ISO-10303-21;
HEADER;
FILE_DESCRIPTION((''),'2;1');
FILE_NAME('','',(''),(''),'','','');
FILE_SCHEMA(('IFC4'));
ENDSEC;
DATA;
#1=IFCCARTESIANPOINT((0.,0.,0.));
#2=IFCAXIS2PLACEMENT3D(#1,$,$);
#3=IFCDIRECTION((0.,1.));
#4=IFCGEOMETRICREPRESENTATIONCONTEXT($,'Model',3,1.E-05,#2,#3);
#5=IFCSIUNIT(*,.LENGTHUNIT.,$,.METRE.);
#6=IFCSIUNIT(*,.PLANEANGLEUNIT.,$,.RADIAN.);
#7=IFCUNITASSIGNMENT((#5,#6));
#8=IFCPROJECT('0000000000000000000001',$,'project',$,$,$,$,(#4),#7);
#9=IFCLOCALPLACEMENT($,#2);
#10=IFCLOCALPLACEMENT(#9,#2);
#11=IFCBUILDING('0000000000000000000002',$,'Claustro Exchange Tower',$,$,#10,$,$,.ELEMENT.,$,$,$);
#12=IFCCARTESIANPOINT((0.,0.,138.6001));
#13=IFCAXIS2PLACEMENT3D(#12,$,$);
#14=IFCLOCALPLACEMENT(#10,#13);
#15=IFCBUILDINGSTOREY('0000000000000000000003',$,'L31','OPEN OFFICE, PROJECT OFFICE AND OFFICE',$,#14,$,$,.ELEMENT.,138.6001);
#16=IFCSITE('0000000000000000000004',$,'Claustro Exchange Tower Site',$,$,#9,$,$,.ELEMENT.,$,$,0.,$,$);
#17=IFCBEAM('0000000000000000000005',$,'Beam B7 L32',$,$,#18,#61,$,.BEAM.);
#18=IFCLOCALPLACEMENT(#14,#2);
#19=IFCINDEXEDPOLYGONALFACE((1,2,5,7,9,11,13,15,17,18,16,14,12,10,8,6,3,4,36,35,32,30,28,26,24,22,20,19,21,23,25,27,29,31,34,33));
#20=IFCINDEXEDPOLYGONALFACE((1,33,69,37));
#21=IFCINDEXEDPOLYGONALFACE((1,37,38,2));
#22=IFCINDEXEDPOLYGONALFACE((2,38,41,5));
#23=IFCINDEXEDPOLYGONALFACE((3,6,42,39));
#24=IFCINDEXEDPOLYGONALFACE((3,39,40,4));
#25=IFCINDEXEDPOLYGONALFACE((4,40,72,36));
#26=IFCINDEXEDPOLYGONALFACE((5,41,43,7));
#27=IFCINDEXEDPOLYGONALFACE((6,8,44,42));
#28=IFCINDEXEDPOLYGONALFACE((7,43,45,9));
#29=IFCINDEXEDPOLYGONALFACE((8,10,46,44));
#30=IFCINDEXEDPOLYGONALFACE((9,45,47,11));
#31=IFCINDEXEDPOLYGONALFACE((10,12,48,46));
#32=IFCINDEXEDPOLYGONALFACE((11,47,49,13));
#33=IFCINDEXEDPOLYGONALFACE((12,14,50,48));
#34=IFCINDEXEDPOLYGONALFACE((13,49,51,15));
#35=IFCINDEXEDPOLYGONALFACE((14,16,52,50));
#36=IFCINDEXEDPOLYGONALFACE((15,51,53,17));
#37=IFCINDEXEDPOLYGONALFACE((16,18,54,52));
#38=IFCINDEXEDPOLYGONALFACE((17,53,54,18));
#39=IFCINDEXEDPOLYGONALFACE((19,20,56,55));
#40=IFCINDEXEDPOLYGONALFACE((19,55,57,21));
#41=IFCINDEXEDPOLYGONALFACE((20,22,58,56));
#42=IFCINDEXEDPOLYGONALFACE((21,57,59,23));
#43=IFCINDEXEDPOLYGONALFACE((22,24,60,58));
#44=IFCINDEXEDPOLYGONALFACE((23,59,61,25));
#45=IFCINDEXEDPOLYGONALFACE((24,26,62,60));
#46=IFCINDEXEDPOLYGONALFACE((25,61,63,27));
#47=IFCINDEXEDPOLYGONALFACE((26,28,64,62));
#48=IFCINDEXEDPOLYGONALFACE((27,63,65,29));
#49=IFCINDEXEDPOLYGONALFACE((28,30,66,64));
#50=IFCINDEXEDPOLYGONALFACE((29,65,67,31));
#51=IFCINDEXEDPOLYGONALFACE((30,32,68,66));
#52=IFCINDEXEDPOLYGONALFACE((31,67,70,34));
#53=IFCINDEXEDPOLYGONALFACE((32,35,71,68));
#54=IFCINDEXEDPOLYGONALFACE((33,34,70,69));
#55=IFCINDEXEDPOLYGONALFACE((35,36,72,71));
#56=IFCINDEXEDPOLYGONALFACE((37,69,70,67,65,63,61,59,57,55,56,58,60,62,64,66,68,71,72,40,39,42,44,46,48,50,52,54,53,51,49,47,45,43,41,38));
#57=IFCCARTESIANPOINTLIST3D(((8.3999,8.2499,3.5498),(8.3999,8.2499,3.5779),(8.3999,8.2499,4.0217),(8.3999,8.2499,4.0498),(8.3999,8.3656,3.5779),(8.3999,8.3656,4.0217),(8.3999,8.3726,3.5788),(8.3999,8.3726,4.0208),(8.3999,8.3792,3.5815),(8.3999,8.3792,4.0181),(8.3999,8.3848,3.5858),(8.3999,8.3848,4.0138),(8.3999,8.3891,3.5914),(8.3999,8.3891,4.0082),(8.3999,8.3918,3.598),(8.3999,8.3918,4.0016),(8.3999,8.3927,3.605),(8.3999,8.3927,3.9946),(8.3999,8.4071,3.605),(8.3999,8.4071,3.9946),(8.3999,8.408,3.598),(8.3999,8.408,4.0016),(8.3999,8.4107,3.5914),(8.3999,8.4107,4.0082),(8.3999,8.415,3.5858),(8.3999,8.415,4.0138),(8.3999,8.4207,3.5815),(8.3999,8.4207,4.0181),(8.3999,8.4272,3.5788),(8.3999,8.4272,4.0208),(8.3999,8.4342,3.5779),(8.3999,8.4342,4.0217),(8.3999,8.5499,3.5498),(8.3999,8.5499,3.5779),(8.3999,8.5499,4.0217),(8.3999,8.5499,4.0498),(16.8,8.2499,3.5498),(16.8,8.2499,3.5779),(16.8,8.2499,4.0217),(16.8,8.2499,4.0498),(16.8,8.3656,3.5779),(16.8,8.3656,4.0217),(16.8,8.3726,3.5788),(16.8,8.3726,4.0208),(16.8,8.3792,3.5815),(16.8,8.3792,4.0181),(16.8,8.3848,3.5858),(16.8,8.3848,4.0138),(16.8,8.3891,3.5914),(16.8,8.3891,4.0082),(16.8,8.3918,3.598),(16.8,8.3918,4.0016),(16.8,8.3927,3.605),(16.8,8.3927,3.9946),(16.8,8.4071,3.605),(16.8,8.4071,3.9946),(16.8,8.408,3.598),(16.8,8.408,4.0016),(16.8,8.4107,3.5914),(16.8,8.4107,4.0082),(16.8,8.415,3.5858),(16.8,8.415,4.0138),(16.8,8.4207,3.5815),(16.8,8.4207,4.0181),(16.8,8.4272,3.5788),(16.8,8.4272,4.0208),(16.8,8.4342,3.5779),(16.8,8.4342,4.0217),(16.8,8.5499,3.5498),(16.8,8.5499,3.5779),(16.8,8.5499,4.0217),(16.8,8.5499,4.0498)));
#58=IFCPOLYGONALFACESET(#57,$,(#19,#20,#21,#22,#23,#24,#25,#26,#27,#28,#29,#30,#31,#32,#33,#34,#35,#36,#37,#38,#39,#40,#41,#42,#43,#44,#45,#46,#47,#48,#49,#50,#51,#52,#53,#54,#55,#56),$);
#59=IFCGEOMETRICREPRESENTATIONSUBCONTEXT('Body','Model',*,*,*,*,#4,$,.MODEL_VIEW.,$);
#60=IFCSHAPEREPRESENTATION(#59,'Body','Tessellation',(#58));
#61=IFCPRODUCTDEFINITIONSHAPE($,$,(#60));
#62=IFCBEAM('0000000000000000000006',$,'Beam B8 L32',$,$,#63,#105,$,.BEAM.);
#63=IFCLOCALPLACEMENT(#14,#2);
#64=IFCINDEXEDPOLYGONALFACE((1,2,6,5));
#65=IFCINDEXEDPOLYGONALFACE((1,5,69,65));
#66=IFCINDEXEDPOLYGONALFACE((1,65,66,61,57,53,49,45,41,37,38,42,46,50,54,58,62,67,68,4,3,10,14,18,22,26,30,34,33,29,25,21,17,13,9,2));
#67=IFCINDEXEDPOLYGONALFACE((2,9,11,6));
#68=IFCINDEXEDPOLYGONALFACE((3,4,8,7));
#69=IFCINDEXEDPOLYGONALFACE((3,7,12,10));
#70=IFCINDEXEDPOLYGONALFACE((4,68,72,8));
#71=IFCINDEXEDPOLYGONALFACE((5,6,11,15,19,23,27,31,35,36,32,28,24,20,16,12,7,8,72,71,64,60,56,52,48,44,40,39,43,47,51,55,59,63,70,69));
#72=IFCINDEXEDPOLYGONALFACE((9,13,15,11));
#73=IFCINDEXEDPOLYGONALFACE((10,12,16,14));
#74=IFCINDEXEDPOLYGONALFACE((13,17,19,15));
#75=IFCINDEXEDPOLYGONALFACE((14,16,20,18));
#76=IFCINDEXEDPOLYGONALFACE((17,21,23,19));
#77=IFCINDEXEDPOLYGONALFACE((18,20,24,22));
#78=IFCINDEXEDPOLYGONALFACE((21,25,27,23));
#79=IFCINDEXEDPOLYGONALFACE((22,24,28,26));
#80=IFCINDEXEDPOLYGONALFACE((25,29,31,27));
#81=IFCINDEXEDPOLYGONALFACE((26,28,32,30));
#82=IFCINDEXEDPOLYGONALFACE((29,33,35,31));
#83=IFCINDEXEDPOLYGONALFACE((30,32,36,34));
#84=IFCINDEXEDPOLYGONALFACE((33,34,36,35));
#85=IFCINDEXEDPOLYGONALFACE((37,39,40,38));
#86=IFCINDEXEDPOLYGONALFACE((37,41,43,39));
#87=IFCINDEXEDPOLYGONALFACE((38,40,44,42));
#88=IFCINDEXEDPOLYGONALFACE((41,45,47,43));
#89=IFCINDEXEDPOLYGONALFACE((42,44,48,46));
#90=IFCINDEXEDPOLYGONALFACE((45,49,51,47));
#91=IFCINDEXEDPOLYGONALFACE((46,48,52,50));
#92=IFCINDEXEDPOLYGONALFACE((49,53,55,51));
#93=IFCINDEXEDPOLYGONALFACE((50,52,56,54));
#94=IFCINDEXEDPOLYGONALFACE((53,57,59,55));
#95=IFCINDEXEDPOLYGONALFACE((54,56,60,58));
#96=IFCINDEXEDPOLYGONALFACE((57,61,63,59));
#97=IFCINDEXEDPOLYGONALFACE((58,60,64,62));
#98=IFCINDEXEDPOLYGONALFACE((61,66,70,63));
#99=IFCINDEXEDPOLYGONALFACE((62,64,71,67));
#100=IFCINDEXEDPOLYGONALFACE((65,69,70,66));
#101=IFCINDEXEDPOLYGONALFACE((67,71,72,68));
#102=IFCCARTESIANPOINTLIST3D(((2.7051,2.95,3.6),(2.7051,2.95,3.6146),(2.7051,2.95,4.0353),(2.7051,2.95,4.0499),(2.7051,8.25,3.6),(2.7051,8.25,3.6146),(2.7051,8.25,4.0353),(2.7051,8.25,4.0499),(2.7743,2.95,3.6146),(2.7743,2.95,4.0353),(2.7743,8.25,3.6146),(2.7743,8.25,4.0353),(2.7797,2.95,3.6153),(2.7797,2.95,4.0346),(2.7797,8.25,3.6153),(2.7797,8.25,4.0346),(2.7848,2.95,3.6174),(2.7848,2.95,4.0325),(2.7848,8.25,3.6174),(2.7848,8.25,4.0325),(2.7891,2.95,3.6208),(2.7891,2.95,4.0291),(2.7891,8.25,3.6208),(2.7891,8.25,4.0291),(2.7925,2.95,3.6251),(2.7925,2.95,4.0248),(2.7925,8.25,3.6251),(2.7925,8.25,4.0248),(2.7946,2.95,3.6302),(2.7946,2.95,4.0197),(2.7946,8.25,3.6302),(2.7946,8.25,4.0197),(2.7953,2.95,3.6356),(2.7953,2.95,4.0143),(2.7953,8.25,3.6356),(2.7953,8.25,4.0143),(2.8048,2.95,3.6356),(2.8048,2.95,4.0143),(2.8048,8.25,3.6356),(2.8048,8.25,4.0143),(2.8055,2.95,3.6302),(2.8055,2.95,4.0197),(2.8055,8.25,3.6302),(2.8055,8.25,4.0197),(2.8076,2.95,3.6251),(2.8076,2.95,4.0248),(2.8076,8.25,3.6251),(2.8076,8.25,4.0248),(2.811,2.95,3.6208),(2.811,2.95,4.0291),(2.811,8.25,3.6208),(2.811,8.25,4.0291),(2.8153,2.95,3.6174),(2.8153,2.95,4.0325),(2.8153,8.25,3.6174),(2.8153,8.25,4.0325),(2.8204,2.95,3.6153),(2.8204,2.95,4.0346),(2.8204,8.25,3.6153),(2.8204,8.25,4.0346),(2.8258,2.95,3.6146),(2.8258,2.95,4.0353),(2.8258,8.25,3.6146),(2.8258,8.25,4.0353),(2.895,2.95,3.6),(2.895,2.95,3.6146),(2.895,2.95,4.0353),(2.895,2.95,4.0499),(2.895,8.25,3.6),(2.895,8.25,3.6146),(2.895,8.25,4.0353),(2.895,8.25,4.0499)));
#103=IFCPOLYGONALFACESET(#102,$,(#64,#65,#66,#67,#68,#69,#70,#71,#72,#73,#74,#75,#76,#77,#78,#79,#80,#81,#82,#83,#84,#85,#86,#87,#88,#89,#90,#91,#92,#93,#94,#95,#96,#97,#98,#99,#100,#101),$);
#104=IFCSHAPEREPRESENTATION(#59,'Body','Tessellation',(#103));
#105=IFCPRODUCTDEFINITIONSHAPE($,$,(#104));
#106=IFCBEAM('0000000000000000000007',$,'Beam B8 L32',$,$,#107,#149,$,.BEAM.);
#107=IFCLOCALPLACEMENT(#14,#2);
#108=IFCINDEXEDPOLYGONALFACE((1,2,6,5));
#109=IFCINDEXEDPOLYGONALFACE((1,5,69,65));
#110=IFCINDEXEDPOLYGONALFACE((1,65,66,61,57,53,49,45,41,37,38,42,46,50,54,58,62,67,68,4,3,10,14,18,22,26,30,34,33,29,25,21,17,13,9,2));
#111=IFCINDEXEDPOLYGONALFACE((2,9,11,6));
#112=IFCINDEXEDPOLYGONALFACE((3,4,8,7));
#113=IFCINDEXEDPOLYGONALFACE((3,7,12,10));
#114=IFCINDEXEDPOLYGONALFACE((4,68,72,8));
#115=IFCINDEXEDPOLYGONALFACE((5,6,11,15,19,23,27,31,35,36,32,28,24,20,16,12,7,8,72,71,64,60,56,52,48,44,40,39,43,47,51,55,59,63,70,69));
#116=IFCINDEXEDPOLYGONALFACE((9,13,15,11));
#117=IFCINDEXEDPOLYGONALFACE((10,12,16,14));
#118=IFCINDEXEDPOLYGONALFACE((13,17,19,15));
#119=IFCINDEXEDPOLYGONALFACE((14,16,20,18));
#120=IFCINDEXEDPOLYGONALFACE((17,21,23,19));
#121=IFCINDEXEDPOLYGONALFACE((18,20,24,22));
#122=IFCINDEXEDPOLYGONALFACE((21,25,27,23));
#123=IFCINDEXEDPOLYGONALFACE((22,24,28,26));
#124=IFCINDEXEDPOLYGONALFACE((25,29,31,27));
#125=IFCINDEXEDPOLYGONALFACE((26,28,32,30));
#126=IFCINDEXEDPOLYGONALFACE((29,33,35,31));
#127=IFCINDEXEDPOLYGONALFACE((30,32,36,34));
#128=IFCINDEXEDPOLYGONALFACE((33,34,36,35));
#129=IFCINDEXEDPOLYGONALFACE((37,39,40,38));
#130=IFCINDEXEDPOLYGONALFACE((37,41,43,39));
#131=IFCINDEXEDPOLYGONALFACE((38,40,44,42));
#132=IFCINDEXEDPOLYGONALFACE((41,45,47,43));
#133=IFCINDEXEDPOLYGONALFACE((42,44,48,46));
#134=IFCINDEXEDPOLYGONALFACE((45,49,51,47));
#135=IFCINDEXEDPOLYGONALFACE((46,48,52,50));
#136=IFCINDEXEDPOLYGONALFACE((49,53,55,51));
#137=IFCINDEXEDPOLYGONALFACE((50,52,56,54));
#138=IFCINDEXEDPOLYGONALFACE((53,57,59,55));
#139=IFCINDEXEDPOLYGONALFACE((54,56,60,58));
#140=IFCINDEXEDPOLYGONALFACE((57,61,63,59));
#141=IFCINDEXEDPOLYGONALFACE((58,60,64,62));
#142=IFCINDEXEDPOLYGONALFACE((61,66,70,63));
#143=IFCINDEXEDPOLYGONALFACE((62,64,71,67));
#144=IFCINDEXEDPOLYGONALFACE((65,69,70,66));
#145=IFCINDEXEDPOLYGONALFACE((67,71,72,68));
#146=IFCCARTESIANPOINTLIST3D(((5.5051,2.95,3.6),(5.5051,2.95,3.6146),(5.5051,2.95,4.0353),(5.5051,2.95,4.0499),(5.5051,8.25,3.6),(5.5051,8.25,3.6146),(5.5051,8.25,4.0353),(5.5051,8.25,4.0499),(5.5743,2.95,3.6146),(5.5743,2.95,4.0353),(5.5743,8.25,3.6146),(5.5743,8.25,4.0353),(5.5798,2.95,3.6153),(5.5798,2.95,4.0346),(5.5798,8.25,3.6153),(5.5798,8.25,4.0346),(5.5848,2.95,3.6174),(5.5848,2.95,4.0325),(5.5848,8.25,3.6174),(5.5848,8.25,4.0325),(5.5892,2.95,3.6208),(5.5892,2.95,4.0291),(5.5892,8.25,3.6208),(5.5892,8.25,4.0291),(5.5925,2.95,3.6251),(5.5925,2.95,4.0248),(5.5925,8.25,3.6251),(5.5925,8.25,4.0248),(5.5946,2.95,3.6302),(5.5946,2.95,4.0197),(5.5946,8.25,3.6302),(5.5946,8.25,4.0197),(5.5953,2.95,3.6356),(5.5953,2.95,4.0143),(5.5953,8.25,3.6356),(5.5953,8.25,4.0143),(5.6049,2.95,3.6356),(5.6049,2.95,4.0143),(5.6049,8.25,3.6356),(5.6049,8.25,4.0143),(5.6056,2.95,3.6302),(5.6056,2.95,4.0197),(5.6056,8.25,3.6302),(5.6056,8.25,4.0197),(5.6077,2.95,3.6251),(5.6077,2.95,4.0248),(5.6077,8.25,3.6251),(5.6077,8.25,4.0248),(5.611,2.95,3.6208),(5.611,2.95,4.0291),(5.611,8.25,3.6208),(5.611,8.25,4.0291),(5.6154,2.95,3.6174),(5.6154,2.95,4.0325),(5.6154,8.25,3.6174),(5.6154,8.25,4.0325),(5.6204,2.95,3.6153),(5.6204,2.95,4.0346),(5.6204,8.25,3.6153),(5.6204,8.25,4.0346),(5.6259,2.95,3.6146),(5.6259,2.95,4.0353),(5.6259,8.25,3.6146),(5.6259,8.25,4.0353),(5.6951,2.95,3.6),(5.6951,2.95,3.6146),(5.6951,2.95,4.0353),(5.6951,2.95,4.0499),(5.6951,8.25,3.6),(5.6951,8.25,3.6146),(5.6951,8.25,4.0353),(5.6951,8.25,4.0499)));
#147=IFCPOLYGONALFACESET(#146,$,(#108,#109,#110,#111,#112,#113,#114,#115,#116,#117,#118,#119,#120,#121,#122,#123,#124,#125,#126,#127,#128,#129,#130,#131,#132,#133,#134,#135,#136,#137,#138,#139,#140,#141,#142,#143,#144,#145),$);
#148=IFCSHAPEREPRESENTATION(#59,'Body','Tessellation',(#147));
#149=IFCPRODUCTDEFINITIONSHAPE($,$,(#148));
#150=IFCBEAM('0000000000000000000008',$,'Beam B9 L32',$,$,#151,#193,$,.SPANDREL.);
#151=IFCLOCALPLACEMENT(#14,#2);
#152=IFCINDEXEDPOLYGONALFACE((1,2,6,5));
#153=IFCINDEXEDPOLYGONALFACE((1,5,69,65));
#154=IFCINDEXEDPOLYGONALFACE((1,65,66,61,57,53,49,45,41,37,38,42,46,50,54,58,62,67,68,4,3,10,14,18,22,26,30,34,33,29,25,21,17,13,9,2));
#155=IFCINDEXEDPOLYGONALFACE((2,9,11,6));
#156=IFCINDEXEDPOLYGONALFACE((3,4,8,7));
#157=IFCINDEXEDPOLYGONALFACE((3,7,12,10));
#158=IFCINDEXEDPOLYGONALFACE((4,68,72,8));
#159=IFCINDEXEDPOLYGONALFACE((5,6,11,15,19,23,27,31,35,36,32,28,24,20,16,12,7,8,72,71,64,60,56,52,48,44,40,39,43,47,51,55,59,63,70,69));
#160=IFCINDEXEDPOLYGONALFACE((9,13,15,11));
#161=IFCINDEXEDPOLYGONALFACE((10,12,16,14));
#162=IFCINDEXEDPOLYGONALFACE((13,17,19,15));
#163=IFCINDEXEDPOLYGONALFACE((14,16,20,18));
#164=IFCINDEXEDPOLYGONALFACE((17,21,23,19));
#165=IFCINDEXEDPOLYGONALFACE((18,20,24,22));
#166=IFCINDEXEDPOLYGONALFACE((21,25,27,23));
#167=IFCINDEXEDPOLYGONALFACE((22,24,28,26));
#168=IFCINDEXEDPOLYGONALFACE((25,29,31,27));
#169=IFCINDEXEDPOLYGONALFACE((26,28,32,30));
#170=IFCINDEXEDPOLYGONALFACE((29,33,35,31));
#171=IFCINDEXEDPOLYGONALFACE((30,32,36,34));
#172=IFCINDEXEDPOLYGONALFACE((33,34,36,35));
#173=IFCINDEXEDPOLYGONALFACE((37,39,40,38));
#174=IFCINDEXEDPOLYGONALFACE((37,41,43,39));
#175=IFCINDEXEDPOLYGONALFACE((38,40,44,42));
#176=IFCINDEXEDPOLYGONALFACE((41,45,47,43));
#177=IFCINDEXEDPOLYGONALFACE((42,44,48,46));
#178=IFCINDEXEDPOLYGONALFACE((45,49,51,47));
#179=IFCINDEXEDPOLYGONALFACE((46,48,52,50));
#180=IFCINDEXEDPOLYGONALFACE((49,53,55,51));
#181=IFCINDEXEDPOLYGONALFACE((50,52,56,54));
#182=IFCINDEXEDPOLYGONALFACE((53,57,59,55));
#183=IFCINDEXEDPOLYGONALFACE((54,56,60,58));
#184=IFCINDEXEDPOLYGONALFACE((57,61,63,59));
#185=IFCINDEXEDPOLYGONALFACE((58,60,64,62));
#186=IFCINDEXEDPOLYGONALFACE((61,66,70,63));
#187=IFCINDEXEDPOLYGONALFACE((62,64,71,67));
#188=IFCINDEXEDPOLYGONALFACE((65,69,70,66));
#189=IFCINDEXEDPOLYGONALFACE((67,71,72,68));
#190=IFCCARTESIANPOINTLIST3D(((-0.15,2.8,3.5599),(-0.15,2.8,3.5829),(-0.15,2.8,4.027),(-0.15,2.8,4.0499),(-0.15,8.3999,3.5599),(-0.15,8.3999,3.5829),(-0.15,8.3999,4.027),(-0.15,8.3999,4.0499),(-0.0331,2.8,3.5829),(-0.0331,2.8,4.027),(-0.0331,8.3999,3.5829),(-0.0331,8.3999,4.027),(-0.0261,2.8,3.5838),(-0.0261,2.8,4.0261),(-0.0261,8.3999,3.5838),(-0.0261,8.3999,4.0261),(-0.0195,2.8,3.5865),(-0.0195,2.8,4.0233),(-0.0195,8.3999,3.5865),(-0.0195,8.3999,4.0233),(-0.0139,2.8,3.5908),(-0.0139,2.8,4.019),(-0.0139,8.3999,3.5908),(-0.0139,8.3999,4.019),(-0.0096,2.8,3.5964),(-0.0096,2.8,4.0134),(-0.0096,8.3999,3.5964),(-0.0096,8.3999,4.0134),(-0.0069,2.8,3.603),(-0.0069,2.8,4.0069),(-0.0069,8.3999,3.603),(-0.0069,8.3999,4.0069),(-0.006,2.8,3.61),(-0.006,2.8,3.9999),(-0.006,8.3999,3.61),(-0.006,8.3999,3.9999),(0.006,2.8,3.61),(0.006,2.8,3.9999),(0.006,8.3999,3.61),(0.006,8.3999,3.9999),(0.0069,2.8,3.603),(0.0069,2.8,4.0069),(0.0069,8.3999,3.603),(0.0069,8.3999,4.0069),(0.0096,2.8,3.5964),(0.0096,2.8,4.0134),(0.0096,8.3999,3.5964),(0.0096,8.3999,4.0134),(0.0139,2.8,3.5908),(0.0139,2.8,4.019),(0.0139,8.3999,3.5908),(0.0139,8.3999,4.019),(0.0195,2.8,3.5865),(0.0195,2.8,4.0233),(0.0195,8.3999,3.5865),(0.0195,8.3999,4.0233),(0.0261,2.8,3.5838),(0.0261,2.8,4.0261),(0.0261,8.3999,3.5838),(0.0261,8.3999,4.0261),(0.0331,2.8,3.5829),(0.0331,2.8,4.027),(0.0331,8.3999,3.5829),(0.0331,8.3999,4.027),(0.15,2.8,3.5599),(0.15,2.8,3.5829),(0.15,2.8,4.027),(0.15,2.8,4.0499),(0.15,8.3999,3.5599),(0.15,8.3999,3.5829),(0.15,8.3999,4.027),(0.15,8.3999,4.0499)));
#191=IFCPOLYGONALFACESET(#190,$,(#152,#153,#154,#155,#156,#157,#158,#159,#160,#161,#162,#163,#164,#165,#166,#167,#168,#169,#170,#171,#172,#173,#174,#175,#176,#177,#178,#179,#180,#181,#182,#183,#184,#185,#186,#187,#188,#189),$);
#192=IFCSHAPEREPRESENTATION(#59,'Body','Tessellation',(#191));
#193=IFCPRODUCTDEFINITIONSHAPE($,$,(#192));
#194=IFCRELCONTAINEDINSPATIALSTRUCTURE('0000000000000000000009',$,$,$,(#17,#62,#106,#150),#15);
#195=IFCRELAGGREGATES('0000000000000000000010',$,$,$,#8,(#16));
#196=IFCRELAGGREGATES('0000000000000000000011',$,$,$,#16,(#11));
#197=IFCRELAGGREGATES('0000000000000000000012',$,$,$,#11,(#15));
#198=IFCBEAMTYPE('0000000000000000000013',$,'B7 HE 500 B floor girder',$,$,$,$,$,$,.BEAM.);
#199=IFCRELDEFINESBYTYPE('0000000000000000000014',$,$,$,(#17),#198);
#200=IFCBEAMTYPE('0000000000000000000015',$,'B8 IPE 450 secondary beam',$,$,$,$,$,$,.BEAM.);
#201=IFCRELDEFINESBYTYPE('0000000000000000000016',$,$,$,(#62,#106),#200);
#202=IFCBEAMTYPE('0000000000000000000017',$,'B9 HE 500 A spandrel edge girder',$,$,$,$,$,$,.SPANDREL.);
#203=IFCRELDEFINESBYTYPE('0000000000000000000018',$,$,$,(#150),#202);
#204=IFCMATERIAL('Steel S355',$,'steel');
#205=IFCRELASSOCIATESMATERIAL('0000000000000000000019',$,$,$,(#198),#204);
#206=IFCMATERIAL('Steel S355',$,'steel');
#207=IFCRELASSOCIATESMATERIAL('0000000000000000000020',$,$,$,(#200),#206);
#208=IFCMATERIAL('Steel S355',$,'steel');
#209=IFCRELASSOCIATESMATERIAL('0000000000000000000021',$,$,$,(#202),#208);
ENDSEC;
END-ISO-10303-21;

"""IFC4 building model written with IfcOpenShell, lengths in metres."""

from ifc_helpers import new_model, si_unit, direction, frame, origin, origin_2d, place, context, subcontext, project, spatial, i_section, extrude, material, material_profile, profile_set, type_object, element, save


model = new_model("IFC4")

# Units and contexts
model_context = context("Model", 3, precision=1e-05, world=origin(), true_north=direction((0.0, 1.0)))
body_context = subcontext(model_context, "Body", "Model", "MODEL_VIEW")
ifc_project = project(units=[si_unit("LENGTHUNIT", "METRE"), si_unit("PLANEANGLEUNIT", "RADIAN")], contexts=[model_context])

# Site, building, storey
site_placement = place(None, origin())
site = spatial("IfcSite", under=ifc_project, at=site_placement, Name="Claustro Exchange Tower Site", CompositionType="ELEMENT", RefElevation=0.0)
building_placement = place(site_placement, origin())
building = spatial("IfcBuilding", under=site, at=building_placement, Name="Claustro Exchange Tower", CompositionType="ELEMENT")
storey_placement = place(building_placement, frame((0.0, 0.0, 138.6001)))
storey = spatial("IfcBuildingStorey", under=building, at=storey_placement, Name="L31", Description="OPEN OFFICE, PROJECT OFFICE AND OFFICE", CompositionType="ELEMENT", Elevation=138.6001)

# Beams
ifc_material_1 = material(Name="Steel S355", Category="steel")
ifc_material_profile_1 = material_profile(ifc_material_1, i_section(OverallWidth=0.3, OverallDepth=0.5, WebThickness=0.0144, FlangeThickness=0.0281, FilletRadius=0.0271, at=origin_2d()), Name="HE 500 B")
ifc_profile_set_1 = profile_set([ifc_material_profile_1], Name="Steel S355")
beam_type_1 = type_object("IfcBeamType", Name="B7 HE 500 B floor girder", PredefinedType="BEAM", material=ifc_profile_set_1)
beam_1_placement = place(storey_placement, frame((8.3999, 8.3999, 3.7998), z_axis=(1.0, 0.0, 0.0), x_axis=(0.0, 1.0, 0.0)))
element("IfcBeam", 1, at=beam_1_placement, inside=storey, type_object=beam_type_1, Name="Beam B7 L32", PredefinedType="BEAM", context=body_context, shape_type="SweptSolid", body=[
    extrude(i_section(OverallWidth=0.3, OverallDepth=0.5, WebThickness=0.0144, FlangeThickness=0.0281, FilletRadius=0.0271, at=origin_2d()), origin(), (0.0, 0.0, 1.0), 8.4001),
])
ifc_material_2 = material(Name="Steel S355", Category="steel")
ifc_material_profile_2 = material_profile(ifc_material_2, i_section(OverallWidth=0.1899, OverallDepth=0.45, WebThickness=0.0095, FlangeThickness=0.0146, FilletRadius=0.021, at=origin_2d()), Name="IPE 450")
ifc_profile_set_2 = profile_set([ifc_material_profile_2], Name="Steel S355")
beam_type_2 = type_object("IfcBeamType", Name="B8 IPE 450 secondary beam", PredefinedType="BEAM", material=ifc_profile_set_2)
for number, where, z_axis, x_axis, name in (
    (2, (2.8, 2.95, 3.825), (0.0, 1.0, 0.0), (-1.0, 0.0, 0.0), "Beam B8 L32"),
    (3, (5.6001, 2.95, 3.825), (0.0, 1.0, 0.0), (-1.0, 0.0, 0.0), "Beam B8 L32"),
):
    element("IfcBeam", number, at=place(storey_placement, frame(where, z_axis=z_axis, x_axis=x_axis)), inside=storey, type_object=beam_type_2, Name=name, PredefinedType="BEAM", context=body_context, shape_type="SweptSolid", body=[
        extrude(i_section(OverallWidth=0.1899, OverallDepth=0.45, WebThickness=0.0095, FlangeThickness=0.0146, FilletRadius=0.021, at=origin_2d()), origin(), (0.0, 0.0, 1.0), 5.3),
    ])
ifc_material_3 = material(Name="Steel S355", Category="steel")
ifc_material_profile_3 = material_profile(ifc_material_3, i_section(OverallWidth=0.3, OverallDepth=0.49, WebThickness=0.012, FlangeThickness=0.0229, FilletRadius=0.0271, at=origin_2d()), Name="HE 500 A")
ifc_profile_set_3 = profile_set([ifc_material_profile_3], Name="Steel S355")
beam_type_3 = type_object("IfcBeamType", Name="B9 HE 500 A spandrel edge girder", PredefinedType="SPANDREL", material=ifc_profile_set_3)
beam_2_placement = place(storey_placement, frame((0.0, 2.8, 3.8049), z_axis=(0.0, 1.0, 0.0), x_axis=(-1.0, 0.0, 0.0)))
element("IfcBeam", 4, at=beam_2_placement, inside=storey, type_object=beam_type_3, Name="Beam B9 L32", PredefinedType="SPANDREL", context=body_context, shape_type="SweptSolid", body=[
    extrude(i_section(OverallWidth=0.3, OverallDepth=0.49, WebThickness=0.012, FlangeThickness=0.0229, FilletRadius=0.0271, at=origin_2d()), origin(), (0.0, 0.0, 1.0), 5.5999),
])

save(model, "model.ifc")
